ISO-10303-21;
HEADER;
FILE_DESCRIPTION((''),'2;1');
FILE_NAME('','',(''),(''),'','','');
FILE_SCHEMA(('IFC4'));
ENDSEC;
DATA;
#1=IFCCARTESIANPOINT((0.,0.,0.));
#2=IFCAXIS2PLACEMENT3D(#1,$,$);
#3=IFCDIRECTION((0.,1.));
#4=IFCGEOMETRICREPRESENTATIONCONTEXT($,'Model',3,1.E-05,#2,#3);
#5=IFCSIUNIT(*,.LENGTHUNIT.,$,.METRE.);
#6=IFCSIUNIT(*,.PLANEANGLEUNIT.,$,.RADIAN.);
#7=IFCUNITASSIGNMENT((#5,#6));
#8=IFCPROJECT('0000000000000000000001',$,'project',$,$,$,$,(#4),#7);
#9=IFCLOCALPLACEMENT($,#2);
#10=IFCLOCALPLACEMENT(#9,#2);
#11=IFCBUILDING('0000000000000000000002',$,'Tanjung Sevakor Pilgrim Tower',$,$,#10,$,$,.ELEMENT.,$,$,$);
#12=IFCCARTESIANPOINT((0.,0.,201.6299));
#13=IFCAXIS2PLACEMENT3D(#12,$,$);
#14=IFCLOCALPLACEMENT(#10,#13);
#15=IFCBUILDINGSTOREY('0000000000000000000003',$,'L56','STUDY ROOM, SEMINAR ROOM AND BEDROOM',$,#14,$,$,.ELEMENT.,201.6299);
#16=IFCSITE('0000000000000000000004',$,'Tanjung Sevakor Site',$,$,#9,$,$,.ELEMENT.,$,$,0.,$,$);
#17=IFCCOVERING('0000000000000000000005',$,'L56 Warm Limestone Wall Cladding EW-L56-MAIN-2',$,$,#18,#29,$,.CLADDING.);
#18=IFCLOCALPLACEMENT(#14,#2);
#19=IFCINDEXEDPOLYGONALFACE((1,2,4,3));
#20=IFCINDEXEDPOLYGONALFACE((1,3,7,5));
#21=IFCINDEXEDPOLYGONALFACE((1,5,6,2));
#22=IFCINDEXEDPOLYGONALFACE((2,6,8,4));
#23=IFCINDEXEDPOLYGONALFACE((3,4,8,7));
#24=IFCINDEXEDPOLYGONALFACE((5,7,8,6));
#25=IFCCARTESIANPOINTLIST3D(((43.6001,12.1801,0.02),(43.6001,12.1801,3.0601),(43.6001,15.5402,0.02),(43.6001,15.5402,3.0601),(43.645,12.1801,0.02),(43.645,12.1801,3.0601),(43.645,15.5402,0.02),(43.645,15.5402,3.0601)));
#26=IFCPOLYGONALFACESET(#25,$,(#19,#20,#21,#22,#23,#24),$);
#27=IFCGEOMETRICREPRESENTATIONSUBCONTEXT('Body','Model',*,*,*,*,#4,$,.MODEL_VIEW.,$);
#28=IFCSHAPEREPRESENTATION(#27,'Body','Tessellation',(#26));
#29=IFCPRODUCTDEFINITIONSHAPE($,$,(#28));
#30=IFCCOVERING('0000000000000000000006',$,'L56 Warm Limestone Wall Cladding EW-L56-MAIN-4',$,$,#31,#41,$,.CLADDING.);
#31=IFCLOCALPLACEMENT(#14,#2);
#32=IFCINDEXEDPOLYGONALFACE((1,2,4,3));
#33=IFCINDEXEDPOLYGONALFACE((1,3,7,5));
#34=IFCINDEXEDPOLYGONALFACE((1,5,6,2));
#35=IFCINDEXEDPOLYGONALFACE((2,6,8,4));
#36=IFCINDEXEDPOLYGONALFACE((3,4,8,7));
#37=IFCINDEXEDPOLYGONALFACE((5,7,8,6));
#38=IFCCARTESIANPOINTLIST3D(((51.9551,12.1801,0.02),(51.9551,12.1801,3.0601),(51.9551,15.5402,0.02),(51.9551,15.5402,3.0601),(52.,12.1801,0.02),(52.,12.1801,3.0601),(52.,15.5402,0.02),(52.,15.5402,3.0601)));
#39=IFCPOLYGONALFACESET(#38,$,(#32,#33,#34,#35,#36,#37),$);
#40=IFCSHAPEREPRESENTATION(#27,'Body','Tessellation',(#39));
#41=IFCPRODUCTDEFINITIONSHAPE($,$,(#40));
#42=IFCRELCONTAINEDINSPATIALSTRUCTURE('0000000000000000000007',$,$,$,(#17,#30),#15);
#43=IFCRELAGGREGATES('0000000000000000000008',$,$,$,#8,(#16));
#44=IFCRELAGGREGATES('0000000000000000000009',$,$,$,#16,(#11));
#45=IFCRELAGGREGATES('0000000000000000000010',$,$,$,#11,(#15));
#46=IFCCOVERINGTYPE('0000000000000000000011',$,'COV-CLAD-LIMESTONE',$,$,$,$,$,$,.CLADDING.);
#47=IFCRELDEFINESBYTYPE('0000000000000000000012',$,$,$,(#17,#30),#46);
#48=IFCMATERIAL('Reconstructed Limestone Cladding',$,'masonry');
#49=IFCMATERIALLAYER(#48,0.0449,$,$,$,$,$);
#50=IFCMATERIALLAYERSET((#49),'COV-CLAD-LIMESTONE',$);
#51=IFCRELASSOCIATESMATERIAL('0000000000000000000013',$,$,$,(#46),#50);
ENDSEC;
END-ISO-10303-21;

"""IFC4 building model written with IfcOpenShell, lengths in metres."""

from ifc_helpers import new_model, si_unit, direction, frame, origin, origin_2d, place, context, subcontext, project, spatial, rectangle, extrude, material, layer, layer_set, type_object, element, save


model = new_model("IFC4")

# Units and contexts
model_context = context("Model", 3, precision=1e-05, world=origin(), true_north=direction((0.0, 1.0)))
body_context = subcontext(model_context, "Body", "Model", "MODEL_VIEW")
ifc_project = project(units=[si_unit("LENGTHUNIT", "METRE"), si_unit("PLANEANGLEUNIT", "RADIAN")], contexts=[model_context])

# Site, building, storey
site_placement = place(None, origin())
site = spatial("IfcSite", under=ifc_project, at=site_placement, Name="Tanjung Sevakor Site", CompositionType="ELEMENT", RefElevation=0.0)
building_placement = place(site_placement, origin())
building = spatial("IfcBuilding", under=site, at=building_placement, Name="Tanjung Sevakor Pilgrim Tower", CompositionType="ELEMENT")
storey_placement = place(building_placement, frame((0.0, 0.0, 201.6299)))
storey = spatial("IfcBuildingStorey", under=building, at=storey_placement, Name="L56", Description="STUDY ROOM, SEMINAR ROOM AND BEDROOM", CompositionType="ELEMENT", Elevation=201.6299)

# Coverings
ifc_material_1 = material(Name="Reconstructed Limestone Cladding", Category="masonry")
ifc_layer_1 = layer(ifc_material_1, 0.0449)
ifc_layer_set_1 = layer_set([ifc_layer_1], Name="COV-CLAD-LIMESTONE")
covering_type = type_object("IfcCoveringType", Name="COV-CLAD-LIMESTONE", PredefinedType="CLADDING", material=ifc_layer_set_1)
for number, where, z_axis, x_axis, name in (
    (1, (43.6226, 13.8601, 0.02), (0.0, 0.0, 1.0), (0.0, 1.0, 0.0), "L56 Warm Limestone Wall Cladding EW-L56-MAIN-2"),
    (2, (51.9775, 13.8601, 0.02), (0.0, 0.0, 1.0), (0.0, -1.0, 0.0), "L56 Warm Limestone Wall Cladding EW-L56-MAIN-4"),
):
    element("IfcCovering", number, at=place(storey_placement, frame(where, z_axis=z_axis, x_axis=x_axis)), inside=storey, type_object=covering_type, Name=name, PredefinedType="CLADDING", context=body_context, shape_type="SweptSolid", body=[
        extrude(rectangle(XDim=3.3601, YDim=0.0449, at=origin_2d()), origin(), (0.0, 0.0, 1.0), 3.04),
    ])

save(model, "model.ifc")
